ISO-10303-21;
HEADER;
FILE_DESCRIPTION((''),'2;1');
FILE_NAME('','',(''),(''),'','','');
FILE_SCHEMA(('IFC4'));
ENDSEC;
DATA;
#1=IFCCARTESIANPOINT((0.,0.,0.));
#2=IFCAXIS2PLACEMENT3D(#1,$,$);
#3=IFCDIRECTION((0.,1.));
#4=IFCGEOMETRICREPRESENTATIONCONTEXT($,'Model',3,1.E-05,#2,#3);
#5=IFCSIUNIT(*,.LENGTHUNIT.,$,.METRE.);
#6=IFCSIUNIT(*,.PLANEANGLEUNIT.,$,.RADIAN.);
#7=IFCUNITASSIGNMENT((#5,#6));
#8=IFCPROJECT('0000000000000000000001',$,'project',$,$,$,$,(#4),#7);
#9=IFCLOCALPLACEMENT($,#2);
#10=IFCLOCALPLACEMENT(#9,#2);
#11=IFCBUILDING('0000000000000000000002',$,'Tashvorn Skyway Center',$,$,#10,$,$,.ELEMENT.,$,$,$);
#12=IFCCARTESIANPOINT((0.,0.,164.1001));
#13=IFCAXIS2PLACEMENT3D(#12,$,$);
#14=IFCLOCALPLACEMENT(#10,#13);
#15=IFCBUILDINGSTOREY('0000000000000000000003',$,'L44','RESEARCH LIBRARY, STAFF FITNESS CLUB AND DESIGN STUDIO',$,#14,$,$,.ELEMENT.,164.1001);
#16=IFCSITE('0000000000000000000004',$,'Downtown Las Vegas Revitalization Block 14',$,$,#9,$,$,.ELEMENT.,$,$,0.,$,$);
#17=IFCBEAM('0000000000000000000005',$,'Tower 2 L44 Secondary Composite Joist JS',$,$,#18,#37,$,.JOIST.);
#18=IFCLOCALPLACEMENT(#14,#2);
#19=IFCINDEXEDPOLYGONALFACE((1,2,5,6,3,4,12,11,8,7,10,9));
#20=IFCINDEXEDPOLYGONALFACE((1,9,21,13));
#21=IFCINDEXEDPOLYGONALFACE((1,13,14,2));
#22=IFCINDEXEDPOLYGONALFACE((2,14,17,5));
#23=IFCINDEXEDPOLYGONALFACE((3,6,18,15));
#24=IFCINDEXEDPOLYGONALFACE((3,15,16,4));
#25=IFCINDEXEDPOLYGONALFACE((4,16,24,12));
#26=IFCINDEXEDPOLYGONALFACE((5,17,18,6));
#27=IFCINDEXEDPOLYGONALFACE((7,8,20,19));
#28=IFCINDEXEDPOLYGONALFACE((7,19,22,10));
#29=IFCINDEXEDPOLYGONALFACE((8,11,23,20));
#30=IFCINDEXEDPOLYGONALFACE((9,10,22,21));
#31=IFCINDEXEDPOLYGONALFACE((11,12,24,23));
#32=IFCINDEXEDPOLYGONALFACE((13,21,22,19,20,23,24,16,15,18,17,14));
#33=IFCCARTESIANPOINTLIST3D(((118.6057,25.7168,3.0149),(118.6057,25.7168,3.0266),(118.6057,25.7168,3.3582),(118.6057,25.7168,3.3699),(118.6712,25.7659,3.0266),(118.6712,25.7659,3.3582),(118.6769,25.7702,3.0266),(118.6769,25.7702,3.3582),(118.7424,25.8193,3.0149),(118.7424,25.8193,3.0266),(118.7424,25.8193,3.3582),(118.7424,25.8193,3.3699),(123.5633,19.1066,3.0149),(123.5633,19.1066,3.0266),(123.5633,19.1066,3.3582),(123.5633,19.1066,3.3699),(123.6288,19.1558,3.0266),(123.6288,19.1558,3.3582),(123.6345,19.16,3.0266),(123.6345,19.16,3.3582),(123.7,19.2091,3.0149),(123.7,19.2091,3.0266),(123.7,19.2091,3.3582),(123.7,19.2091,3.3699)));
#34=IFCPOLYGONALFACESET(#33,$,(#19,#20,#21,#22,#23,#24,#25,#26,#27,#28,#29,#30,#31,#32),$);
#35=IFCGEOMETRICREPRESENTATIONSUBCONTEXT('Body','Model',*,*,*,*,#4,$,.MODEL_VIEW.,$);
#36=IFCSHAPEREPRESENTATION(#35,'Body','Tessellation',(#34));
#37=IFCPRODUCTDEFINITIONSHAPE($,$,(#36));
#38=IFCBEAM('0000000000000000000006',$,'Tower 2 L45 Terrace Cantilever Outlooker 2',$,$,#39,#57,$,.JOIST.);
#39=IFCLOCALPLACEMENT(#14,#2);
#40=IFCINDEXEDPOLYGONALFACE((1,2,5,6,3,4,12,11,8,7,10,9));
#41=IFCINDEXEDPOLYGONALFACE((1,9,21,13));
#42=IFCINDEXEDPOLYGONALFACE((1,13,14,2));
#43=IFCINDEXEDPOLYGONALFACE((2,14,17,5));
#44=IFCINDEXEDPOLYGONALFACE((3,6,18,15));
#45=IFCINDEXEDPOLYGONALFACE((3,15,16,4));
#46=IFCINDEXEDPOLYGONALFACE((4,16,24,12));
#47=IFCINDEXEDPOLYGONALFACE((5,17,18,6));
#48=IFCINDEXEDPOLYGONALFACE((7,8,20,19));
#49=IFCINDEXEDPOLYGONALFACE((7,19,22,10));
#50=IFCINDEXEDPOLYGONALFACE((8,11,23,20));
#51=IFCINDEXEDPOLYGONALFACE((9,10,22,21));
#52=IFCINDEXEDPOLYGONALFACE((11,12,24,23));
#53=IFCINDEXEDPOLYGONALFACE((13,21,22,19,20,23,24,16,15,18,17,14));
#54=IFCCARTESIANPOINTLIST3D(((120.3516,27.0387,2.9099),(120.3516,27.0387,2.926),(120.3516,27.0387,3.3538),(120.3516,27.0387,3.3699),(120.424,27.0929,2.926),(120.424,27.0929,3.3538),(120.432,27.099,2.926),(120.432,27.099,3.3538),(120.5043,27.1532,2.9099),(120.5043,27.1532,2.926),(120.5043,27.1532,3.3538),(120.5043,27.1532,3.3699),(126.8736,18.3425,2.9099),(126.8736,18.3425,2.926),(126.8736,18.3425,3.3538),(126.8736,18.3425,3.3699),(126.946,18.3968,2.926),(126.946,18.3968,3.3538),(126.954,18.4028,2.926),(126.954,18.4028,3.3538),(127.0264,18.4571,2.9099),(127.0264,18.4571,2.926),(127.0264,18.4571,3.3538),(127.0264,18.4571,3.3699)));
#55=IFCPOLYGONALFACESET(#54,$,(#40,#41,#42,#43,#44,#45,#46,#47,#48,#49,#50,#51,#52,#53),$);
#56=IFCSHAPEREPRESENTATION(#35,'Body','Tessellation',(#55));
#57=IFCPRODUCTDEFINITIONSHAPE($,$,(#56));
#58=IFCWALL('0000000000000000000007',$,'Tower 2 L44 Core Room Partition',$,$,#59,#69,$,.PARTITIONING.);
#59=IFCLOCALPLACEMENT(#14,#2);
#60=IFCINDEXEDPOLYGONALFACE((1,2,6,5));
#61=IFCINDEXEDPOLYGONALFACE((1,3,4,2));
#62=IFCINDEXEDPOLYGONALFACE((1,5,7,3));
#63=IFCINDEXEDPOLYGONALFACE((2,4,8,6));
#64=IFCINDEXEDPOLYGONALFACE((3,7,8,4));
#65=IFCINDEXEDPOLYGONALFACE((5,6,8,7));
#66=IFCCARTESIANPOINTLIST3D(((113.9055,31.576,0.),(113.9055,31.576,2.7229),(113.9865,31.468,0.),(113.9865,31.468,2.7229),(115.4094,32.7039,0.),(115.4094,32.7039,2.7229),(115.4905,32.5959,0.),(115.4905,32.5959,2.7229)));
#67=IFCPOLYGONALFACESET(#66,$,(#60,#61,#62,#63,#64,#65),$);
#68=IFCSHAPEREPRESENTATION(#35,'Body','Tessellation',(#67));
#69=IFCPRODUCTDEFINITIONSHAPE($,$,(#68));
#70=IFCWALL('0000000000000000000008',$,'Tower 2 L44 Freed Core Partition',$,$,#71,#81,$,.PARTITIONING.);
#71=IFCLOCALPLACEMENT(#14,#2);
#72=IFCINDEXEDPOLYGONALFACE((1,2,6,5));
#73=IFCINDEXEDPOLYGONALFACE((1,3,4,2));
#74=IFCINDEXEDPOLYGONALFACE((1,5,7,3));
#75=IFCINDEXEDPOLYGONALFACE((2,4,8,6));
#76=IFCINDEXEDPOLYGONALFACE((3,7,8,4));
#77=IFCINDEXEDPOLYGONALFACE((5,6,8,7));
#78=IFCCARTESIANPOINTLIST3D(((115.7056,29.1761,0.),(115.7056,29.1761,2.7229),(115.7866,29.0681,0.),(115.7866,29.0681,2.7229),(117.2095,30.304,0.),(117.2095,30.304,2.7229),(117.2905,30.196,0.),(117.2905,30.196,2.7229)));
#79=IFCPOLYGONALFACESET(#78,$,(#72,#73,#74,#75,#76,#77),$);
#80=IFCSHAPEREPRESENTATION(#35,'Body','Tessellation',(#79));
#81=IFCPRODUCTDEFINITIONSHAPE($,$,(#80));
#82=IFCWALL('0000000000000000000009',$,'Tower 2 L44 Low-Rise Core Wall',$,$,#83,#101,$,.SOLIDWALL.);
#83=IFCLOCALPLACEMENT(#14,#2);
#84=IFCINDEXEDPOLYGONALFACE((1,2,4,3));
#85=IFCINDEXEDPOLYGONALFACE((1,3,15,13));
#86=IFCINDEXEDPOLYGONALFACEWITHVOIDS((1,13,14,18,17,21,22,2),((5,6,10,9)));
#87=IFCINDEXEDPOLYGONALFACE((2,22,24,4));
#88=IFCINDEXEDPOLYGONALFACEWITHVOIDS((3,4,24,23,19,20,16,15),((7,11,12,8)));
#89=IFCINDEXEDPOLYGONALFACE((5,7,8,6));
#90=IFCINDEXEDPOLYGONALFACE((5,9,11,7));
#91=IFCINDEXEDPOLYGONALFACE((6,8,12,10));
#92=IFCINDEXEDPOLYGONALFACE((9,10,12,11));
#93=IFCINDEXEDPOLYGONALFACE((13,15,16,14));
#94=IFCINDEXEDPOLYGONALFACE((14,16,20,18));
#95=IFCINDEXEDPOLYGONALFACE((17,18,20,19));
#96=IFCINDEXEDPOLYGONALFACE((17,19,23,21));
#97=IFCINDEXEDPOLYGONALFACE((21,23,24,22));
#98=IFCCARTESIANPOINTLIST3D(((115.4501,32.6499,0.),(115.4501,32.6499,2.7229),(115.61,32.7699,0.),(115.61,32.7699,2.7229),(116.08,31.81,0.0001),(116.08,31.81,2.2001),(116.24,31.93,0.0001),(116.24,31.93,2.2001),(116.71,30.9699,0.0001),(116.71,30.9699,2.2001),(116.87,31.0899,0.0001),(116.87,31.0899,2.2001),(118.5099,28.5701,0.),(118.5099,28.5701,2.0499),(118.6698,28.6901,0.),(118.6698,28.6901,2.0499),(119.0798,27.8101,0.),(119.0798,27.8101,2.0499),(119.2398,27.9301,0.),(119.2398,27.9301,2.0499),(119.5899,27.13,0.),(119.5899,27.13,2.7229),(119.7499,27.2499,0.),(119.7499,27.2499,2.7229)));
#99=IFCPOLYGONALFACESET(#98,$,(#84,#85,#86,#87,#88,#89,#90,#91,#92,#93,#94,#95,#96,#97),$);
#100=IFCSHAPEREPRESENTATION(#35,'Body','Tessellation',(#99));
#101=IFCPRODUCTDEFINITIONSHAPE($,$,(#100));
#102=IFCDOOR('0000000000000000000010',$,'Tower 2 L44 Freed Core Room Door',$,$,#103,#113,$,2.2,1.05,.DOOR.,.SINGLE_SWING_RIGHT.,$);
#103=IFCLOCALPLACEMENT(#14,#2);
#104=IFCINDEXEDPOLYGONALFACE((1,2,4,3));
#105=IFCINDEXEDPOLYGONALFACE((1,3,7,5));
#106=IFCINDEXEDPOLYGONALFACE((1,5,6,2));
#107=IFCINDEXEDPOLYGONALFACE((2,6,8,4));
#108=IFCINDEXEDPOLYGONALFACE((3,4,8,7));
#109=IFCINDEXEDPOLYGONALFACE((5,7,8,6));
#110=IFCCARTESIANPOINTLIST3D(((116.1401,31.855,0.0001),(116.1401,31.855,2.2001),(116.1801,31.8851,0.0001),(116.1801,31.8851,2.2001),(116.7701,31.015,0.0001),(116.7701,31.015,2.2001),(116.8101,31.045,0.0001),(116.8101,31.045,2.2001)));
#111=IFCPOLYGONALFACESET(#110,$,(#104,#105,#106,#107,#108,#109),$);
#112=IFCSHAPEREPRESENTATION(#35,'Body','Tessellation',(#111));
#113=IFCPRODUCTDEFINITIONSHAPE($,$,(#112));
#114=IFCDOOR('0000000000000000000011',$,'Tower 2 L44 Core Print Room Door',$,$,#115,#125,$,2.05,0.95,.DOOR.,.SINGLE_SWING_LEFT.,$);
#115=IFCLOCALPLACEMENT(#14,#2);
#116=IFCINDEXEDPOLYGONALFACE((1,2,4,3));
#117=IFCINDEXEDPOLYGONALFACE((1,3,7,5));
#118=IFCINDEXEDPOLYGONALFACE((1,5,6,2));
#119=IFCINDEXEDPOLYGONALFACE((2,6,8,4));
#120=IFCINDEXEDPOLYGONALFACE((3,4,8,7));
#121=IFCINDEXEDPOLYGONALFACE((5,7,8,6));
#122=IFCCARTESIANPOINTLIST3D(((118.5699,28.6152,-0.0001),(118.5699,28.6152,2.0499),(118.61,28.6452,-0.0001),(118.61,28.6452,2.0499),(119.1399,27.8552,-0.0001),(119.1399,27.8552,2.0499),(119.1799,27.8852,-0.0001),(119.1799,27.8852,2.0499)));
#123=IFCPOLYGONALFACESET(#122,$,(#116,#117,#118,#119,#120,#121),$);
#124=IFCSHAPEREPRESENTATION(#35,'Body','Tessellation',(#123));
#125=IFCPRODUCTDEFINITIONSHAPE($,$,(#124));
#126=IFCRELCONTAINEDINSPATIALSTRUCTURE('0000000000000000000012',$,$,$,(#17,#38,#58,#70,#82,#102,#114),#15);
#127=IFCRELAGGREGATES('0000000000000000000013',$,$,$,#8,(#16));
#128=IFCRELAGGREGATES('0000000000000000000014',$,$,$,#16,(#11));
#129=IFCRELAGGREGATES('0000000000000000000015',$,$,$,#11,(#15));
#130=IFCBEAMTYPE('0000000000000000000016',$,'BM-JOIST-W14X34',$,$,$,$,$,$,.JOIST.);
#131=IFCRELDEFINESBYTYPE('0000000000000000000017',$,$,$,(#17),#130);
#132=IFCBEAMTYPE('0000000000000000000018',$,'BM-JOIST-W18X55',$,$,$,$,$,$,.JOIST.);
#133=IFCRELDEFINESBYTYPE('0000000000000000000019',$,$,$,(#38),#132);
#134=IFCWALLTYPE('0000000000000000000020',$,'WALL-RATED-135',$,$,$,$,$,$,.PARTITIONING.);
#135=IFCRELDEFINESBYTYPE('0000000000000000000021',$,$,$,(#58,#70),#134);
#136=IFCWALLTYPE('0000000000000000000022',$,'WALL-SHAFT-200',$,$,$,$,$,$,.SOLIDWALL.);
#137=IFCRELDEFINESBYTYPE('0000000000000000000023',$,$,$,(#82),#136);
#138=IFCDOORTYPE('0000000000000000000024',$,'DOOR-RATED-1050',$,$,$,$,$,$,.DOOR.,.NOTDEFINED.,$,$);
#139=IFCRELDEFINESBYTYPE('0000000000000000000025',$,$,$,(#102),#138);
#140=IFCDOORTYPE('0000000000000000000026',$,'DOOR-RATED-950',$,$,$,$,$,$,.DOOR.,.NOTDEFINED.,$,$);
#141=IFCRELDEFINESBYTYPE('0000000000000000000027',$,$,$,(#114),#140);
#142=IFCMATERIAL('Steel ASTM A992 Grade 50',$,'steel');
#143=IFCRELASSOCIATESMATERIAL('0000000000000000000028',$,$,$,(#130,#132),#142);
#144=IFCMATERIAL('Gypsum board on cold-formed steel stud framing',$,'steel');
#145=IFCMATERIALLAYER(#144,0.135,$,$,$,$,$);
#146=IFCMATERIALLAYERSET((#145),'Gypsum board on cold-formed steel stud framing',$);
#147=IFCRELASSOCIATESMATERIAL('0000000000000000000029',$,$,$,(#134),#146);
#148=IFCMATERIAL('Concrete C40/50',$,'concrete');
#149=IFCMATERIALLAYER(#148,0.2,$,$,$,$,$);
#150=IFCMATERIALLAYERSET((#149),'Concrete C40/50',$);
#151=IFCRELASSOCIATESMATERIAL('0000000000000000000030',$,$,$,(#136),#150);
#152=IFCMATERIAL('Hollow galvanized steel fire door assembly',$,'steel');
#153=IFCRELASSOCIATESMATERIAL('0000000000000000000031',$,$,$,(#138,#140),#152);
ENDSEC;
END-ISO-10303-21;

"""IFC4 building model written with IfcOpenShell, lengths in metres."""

from ifc_helpers import new_model, si_unit, direction, frame, frame_2d, origin, origin_2d, place, context, subcontext, project, spatial, rectangle, i_section, extrude, material, layer, layer_set, material_profile, profile_set, type_object, element, fill, save


model = new_model("IFC4")

# Units and contexts
model_context = context("Model", 3, precision=1e-05, world=origin(), true_north=direction((0.0, 1.0)))
body_context = subcontext(model_context, "Body", "Model", "MODEL_VIEW")
ifc_project = project(units=[si_unit("LENGTHUNIT", "METRE"), si_unit("PLANEANGLEUNIT", "RADIAN")], contexts=[model_context])

# Site, building, storey
site_placement = place(None, origin())
site = spatial("IfcSite", under=ifc_project, at=site_placement, Name="Downtown Las Vegas Revitalization Block 14", CompositionType="ELEMENT", RefElevation=0.0)
building_placement = place(site_placement, origin())
building = spatial("IfcBuilding", under=site, at=building_placement, Name="Tashvorn Skyway Center", CompositionType="ELEMENT")
storey_placement = place(building_placement, frame((0.0, 0.0, 164.1001)))
storey = spatial("IfcBuildingStorey", under=building, at=storey_placement, Name="L44", Description="RESEARCH LIBRARY, STAFF FITNESS CLUB AND DESIGN STUDIO", CompositionType="ELEMENT", Elevation=164.1001)

# Beams
ifc_material_1 = material(Name="Steel ASTM A992 Grade 50", Category="steel")
ifc_material_profile_1 = material_profile(ifc_material_1, i_section(OverallWidth=0.1709, OverallDepth=0.355, WebThickness=0.0071, FlangeThickness=0.0117, at=origin_2d()), Name="W14X34")
ifc_profile_set_1 = profile_set([ifc_material_profile_1], Name="Steel ASTM A992 Grade 50")
beam_type_1 = type_object("IfcBeamType", Name="BM-JOIST-W14X34", PredefinedType="JOIST", material=ifc_profile_set_1)
beam_1_placement = place(storey_placement, frame((118.6741, 25.7681, 3.1924), z_axis=(0.599995, -0.800004, 0.0), x_axis=(0.800004, 0.599995, 0.0)))
element("IfcBeam", 1, at=beam_1_placement, inside=storey, type_object=beam_type_1, Name="Tower 2 L44 Secondary Composite Joist JS", PredefinedType="JOIST", context=body_context, shape_type="SweptSolid", body=[
    extrude(i_section(OverallWidth=0.1709, OverallDepth=0.355, WebThickness=0.0071, FlangeThickness=0.0117, at=origin_2d()), origin(), (0.0, 0.0, 1.0), 8.2627),
])
ifc_material_profile_2 = material_profile(ifc_material_1, i_section(OverallWidth=0.1909, OverallDepth=0.46, WebThickness=0.01, FlangeThickness=0.0161, at=origin_2d()), Name="W18X55")
ifc_profile_set_2 = profile_set([ifc_material_profile_2], Name="Steel ASTM A992 Grade 50")
beam_type_2 = type_object("IfcBeamType", Name="BM-JOIST-W18X55", PredefinedType="JOIST", material=ifc_profile_set_2)
beam_2_placement = place(storey_placement, frame((120.428, 27.0959, 3.1399), z_axis=(0.599996, -0.800003, 0.0), x_axis=(0.800003, 0.599996, 0.0)))
element("IfcBeam", 2, at=beam_2_placement, inside=storey, type_object=beam_type_2, Name="Tower 2 L45 Terrace Cantilever Outlooker 2", PredefinedType="JOIST", context=body_context, shape_type="SweptSolid", body=[
    extrude(i_section(OverallWidth=0.1909, OverallDepth=0.46, WebThickness=0.01, FlangeThickness=0.0161, at=origin_2d()), origin(), (0.0, 0.0, 1.0), 10.8701),
])

# Walls
ifc_material_2 = material(Name="Gypsum board on cold-formed steel stud framing", Category="steel")
ifc_layer_1 = layer(ifc_material_2, 0.135)
ifc_layer_set_1 = layer_set([ifc_layer_1], Name="Gypsum board on cold-formed steel stud framing")
wall_type_1 = type_object("IfcWallType", Name="WALL-RATED-135", PredefinedType="PARTITIONING", material=ifc_layer_set_1)
for number, where, z_axis, x_axis, name in (
    (3, (113.946, 31.522, 0.0), (0.0, 0.0, 1.0), (0.8, 0.6, 0.0), "Tower 2 L44 Core Room Partition"),
    (4, (115.7461, 29.1221, 0.0), (0.0, 0.0, 1.0), (0.8, 0.6, 0.0), "Tower 2 L44 Freed Core Partition"),
):
    element("IfcWall", number, at=place(storey_placement, frame(where, z_axis=z_axis, x_axis=x_axis)), inside=storey, type_object=wall_type_1, Name=name, PredefinedType="PARTITIONING", context=body_context, shape_type="SweptSolid", body=[
        extrude(rectangle(XDim=1.8799, YDim=0.135, at=frame_2d((0.9399, 0.0))), origin(), (0.0, 0.0, 1.0), 2.7229),
    ])

# Wall, openings, doors
ifc_material_3 = material(Name="Concrete C40/50", Category="concrete")
ifc_layer_2 = layer(ifc_material_3, 0.2)
ifc_layer_set_2 = layer_set([ifc_layer_2], Name="Concrete C40/50")
wall_type_2 = type_object("IfcWallType", Name="WALL-SHAFT-200", PredefinedType="SOLIDWALL", material=ifc_layer_set_2)
wall_1_placement = place(storey_placement, frame((119.6699, 27.1899, 0.0), z_axis=(0.0, 0.0, 1.0), x_axis=(-0.599989, 0.800008, 0.0)))
wall_1 = element("IfcWall", 5, at=wall_1_placement, inside=storey, type_object=wall_type_2, Name="Tower 2 L44 Low-Rise Core Wall", PredefinedType="SOLIDWALL", context=body_context, shape_type="SweptSolid", body=[
    extrude(rectangle(XDim=6.8999, YDim=0.2, at=frame_2d((3.45, 0.0))), origin(), (0.0, 0.0, 1.0), 2.7229),
])
opening_1_placement = place(wall_1_placement, frame((0.8501, 0.0, 0.0)))
opening_1 = element("IfcOpeningElement", 6, at=opening_1_placement, cuts=wall_1, PredefinedType="OPENING", context=body_context, shape_type="SweptSolid", body=[
    extrude(rectangle(XDim=0.95, YDim=2.05, at=frame_2d((0.4751, 1.0249))), frame((0.0, 0.1099, 0.0), z_axis=(0.0, -1.0, 0.0), x_axis=(1.0, 0.0, 0.0)), (0.0, 0.0, 1.0), 0.22),
])
opening_2_placement = place(wall_1_placement, frame((4.8, 0.0, 0.0)))
opening_2 = element("IfcOpeningElement", 7, at=opening_2_placement, cuts=wall_1, PredefinedType="OPENING", context=body_context, shape_type="SweptSolid", body=[
    extrude(rectangle(XDim=1.05, YDim=2.2, at=frame_2d((0.5249, 1.1001))), frame((0.0, 0.1099, 0.0), z_axis=(0.0, -1.0, 0.0), x_axis=(1.0, 0.0, 0.0)), (0.0, 0.0, 1.0), 0.22),
])
ifc_material_4 = material(Name="Hollow galvanized steel fire door assembly", Category="steel")
door_type_1 = type_object("IfcDoorType", Name="DOOR-RATED-1050", OperationType="NOTDEFINED", PredefinedType="DOOR", material=ifc_material_4)
door_1_placement = place(opening_2_placement, origin())
door_1 = element("IfcDoor", 8, at=door_1_placement, inside=storey, type_object=door_type_1, Name="Tower 2 L44 Freed Core Room Door", OperationType="SINGLE_SWING_RIGHT", OverallHeight=2.2, OverallWidth=1.05, PredefinedType="DOOR", context=body_context, shape_type="SweptSolid", body=[
    extrude(rectangle(XDim=1.05, YDim=2.2, at=frame_2d((0.5249, 1.1001))), frame((0.0, 0.0249, 0.0), z_axis=(0.0, -1.0, 0.0), x_axis=(1.0, 0.0, 0.0)), (0.0, 0.0, 1.0), 0.05),
])
fill(opening_2, door_1)
door_type_2 = type_object("IfcDoorType", Name="DOOR-RATED-950", OperationType="NOTDEFINED", PredefinedType="DOOR", material=ifc_material_4)
door_2_placement = place(opening_1_placement, origin())
door_2 = element("IfcDoor", 9, at=door_2_placement, inside=storey, type_object=door_type_2, Name="Tower 2 L44 Core Print Room Door", OperationType="SINGLE_SWING_LEFT", OverallHeight=2.05, OverallWidth=0.95, PredefinedType="DOOR", context=body_context, shape_type="SweptSolid", body=[
    extrude(rectangle(XDim=0.95, YDim=2.05, at=frame_2d((0.4751, 1.0249))), frame((0.0, 0.0249, 0.0), z_axis=(0.0, -1.0, 0.0), x_axis=(1.0, 0.0, 0.0)), (0.0, 0.0, 1.0), 0.05),
])
fill(opening_1, door_2)

save(model, "model.ifc")
